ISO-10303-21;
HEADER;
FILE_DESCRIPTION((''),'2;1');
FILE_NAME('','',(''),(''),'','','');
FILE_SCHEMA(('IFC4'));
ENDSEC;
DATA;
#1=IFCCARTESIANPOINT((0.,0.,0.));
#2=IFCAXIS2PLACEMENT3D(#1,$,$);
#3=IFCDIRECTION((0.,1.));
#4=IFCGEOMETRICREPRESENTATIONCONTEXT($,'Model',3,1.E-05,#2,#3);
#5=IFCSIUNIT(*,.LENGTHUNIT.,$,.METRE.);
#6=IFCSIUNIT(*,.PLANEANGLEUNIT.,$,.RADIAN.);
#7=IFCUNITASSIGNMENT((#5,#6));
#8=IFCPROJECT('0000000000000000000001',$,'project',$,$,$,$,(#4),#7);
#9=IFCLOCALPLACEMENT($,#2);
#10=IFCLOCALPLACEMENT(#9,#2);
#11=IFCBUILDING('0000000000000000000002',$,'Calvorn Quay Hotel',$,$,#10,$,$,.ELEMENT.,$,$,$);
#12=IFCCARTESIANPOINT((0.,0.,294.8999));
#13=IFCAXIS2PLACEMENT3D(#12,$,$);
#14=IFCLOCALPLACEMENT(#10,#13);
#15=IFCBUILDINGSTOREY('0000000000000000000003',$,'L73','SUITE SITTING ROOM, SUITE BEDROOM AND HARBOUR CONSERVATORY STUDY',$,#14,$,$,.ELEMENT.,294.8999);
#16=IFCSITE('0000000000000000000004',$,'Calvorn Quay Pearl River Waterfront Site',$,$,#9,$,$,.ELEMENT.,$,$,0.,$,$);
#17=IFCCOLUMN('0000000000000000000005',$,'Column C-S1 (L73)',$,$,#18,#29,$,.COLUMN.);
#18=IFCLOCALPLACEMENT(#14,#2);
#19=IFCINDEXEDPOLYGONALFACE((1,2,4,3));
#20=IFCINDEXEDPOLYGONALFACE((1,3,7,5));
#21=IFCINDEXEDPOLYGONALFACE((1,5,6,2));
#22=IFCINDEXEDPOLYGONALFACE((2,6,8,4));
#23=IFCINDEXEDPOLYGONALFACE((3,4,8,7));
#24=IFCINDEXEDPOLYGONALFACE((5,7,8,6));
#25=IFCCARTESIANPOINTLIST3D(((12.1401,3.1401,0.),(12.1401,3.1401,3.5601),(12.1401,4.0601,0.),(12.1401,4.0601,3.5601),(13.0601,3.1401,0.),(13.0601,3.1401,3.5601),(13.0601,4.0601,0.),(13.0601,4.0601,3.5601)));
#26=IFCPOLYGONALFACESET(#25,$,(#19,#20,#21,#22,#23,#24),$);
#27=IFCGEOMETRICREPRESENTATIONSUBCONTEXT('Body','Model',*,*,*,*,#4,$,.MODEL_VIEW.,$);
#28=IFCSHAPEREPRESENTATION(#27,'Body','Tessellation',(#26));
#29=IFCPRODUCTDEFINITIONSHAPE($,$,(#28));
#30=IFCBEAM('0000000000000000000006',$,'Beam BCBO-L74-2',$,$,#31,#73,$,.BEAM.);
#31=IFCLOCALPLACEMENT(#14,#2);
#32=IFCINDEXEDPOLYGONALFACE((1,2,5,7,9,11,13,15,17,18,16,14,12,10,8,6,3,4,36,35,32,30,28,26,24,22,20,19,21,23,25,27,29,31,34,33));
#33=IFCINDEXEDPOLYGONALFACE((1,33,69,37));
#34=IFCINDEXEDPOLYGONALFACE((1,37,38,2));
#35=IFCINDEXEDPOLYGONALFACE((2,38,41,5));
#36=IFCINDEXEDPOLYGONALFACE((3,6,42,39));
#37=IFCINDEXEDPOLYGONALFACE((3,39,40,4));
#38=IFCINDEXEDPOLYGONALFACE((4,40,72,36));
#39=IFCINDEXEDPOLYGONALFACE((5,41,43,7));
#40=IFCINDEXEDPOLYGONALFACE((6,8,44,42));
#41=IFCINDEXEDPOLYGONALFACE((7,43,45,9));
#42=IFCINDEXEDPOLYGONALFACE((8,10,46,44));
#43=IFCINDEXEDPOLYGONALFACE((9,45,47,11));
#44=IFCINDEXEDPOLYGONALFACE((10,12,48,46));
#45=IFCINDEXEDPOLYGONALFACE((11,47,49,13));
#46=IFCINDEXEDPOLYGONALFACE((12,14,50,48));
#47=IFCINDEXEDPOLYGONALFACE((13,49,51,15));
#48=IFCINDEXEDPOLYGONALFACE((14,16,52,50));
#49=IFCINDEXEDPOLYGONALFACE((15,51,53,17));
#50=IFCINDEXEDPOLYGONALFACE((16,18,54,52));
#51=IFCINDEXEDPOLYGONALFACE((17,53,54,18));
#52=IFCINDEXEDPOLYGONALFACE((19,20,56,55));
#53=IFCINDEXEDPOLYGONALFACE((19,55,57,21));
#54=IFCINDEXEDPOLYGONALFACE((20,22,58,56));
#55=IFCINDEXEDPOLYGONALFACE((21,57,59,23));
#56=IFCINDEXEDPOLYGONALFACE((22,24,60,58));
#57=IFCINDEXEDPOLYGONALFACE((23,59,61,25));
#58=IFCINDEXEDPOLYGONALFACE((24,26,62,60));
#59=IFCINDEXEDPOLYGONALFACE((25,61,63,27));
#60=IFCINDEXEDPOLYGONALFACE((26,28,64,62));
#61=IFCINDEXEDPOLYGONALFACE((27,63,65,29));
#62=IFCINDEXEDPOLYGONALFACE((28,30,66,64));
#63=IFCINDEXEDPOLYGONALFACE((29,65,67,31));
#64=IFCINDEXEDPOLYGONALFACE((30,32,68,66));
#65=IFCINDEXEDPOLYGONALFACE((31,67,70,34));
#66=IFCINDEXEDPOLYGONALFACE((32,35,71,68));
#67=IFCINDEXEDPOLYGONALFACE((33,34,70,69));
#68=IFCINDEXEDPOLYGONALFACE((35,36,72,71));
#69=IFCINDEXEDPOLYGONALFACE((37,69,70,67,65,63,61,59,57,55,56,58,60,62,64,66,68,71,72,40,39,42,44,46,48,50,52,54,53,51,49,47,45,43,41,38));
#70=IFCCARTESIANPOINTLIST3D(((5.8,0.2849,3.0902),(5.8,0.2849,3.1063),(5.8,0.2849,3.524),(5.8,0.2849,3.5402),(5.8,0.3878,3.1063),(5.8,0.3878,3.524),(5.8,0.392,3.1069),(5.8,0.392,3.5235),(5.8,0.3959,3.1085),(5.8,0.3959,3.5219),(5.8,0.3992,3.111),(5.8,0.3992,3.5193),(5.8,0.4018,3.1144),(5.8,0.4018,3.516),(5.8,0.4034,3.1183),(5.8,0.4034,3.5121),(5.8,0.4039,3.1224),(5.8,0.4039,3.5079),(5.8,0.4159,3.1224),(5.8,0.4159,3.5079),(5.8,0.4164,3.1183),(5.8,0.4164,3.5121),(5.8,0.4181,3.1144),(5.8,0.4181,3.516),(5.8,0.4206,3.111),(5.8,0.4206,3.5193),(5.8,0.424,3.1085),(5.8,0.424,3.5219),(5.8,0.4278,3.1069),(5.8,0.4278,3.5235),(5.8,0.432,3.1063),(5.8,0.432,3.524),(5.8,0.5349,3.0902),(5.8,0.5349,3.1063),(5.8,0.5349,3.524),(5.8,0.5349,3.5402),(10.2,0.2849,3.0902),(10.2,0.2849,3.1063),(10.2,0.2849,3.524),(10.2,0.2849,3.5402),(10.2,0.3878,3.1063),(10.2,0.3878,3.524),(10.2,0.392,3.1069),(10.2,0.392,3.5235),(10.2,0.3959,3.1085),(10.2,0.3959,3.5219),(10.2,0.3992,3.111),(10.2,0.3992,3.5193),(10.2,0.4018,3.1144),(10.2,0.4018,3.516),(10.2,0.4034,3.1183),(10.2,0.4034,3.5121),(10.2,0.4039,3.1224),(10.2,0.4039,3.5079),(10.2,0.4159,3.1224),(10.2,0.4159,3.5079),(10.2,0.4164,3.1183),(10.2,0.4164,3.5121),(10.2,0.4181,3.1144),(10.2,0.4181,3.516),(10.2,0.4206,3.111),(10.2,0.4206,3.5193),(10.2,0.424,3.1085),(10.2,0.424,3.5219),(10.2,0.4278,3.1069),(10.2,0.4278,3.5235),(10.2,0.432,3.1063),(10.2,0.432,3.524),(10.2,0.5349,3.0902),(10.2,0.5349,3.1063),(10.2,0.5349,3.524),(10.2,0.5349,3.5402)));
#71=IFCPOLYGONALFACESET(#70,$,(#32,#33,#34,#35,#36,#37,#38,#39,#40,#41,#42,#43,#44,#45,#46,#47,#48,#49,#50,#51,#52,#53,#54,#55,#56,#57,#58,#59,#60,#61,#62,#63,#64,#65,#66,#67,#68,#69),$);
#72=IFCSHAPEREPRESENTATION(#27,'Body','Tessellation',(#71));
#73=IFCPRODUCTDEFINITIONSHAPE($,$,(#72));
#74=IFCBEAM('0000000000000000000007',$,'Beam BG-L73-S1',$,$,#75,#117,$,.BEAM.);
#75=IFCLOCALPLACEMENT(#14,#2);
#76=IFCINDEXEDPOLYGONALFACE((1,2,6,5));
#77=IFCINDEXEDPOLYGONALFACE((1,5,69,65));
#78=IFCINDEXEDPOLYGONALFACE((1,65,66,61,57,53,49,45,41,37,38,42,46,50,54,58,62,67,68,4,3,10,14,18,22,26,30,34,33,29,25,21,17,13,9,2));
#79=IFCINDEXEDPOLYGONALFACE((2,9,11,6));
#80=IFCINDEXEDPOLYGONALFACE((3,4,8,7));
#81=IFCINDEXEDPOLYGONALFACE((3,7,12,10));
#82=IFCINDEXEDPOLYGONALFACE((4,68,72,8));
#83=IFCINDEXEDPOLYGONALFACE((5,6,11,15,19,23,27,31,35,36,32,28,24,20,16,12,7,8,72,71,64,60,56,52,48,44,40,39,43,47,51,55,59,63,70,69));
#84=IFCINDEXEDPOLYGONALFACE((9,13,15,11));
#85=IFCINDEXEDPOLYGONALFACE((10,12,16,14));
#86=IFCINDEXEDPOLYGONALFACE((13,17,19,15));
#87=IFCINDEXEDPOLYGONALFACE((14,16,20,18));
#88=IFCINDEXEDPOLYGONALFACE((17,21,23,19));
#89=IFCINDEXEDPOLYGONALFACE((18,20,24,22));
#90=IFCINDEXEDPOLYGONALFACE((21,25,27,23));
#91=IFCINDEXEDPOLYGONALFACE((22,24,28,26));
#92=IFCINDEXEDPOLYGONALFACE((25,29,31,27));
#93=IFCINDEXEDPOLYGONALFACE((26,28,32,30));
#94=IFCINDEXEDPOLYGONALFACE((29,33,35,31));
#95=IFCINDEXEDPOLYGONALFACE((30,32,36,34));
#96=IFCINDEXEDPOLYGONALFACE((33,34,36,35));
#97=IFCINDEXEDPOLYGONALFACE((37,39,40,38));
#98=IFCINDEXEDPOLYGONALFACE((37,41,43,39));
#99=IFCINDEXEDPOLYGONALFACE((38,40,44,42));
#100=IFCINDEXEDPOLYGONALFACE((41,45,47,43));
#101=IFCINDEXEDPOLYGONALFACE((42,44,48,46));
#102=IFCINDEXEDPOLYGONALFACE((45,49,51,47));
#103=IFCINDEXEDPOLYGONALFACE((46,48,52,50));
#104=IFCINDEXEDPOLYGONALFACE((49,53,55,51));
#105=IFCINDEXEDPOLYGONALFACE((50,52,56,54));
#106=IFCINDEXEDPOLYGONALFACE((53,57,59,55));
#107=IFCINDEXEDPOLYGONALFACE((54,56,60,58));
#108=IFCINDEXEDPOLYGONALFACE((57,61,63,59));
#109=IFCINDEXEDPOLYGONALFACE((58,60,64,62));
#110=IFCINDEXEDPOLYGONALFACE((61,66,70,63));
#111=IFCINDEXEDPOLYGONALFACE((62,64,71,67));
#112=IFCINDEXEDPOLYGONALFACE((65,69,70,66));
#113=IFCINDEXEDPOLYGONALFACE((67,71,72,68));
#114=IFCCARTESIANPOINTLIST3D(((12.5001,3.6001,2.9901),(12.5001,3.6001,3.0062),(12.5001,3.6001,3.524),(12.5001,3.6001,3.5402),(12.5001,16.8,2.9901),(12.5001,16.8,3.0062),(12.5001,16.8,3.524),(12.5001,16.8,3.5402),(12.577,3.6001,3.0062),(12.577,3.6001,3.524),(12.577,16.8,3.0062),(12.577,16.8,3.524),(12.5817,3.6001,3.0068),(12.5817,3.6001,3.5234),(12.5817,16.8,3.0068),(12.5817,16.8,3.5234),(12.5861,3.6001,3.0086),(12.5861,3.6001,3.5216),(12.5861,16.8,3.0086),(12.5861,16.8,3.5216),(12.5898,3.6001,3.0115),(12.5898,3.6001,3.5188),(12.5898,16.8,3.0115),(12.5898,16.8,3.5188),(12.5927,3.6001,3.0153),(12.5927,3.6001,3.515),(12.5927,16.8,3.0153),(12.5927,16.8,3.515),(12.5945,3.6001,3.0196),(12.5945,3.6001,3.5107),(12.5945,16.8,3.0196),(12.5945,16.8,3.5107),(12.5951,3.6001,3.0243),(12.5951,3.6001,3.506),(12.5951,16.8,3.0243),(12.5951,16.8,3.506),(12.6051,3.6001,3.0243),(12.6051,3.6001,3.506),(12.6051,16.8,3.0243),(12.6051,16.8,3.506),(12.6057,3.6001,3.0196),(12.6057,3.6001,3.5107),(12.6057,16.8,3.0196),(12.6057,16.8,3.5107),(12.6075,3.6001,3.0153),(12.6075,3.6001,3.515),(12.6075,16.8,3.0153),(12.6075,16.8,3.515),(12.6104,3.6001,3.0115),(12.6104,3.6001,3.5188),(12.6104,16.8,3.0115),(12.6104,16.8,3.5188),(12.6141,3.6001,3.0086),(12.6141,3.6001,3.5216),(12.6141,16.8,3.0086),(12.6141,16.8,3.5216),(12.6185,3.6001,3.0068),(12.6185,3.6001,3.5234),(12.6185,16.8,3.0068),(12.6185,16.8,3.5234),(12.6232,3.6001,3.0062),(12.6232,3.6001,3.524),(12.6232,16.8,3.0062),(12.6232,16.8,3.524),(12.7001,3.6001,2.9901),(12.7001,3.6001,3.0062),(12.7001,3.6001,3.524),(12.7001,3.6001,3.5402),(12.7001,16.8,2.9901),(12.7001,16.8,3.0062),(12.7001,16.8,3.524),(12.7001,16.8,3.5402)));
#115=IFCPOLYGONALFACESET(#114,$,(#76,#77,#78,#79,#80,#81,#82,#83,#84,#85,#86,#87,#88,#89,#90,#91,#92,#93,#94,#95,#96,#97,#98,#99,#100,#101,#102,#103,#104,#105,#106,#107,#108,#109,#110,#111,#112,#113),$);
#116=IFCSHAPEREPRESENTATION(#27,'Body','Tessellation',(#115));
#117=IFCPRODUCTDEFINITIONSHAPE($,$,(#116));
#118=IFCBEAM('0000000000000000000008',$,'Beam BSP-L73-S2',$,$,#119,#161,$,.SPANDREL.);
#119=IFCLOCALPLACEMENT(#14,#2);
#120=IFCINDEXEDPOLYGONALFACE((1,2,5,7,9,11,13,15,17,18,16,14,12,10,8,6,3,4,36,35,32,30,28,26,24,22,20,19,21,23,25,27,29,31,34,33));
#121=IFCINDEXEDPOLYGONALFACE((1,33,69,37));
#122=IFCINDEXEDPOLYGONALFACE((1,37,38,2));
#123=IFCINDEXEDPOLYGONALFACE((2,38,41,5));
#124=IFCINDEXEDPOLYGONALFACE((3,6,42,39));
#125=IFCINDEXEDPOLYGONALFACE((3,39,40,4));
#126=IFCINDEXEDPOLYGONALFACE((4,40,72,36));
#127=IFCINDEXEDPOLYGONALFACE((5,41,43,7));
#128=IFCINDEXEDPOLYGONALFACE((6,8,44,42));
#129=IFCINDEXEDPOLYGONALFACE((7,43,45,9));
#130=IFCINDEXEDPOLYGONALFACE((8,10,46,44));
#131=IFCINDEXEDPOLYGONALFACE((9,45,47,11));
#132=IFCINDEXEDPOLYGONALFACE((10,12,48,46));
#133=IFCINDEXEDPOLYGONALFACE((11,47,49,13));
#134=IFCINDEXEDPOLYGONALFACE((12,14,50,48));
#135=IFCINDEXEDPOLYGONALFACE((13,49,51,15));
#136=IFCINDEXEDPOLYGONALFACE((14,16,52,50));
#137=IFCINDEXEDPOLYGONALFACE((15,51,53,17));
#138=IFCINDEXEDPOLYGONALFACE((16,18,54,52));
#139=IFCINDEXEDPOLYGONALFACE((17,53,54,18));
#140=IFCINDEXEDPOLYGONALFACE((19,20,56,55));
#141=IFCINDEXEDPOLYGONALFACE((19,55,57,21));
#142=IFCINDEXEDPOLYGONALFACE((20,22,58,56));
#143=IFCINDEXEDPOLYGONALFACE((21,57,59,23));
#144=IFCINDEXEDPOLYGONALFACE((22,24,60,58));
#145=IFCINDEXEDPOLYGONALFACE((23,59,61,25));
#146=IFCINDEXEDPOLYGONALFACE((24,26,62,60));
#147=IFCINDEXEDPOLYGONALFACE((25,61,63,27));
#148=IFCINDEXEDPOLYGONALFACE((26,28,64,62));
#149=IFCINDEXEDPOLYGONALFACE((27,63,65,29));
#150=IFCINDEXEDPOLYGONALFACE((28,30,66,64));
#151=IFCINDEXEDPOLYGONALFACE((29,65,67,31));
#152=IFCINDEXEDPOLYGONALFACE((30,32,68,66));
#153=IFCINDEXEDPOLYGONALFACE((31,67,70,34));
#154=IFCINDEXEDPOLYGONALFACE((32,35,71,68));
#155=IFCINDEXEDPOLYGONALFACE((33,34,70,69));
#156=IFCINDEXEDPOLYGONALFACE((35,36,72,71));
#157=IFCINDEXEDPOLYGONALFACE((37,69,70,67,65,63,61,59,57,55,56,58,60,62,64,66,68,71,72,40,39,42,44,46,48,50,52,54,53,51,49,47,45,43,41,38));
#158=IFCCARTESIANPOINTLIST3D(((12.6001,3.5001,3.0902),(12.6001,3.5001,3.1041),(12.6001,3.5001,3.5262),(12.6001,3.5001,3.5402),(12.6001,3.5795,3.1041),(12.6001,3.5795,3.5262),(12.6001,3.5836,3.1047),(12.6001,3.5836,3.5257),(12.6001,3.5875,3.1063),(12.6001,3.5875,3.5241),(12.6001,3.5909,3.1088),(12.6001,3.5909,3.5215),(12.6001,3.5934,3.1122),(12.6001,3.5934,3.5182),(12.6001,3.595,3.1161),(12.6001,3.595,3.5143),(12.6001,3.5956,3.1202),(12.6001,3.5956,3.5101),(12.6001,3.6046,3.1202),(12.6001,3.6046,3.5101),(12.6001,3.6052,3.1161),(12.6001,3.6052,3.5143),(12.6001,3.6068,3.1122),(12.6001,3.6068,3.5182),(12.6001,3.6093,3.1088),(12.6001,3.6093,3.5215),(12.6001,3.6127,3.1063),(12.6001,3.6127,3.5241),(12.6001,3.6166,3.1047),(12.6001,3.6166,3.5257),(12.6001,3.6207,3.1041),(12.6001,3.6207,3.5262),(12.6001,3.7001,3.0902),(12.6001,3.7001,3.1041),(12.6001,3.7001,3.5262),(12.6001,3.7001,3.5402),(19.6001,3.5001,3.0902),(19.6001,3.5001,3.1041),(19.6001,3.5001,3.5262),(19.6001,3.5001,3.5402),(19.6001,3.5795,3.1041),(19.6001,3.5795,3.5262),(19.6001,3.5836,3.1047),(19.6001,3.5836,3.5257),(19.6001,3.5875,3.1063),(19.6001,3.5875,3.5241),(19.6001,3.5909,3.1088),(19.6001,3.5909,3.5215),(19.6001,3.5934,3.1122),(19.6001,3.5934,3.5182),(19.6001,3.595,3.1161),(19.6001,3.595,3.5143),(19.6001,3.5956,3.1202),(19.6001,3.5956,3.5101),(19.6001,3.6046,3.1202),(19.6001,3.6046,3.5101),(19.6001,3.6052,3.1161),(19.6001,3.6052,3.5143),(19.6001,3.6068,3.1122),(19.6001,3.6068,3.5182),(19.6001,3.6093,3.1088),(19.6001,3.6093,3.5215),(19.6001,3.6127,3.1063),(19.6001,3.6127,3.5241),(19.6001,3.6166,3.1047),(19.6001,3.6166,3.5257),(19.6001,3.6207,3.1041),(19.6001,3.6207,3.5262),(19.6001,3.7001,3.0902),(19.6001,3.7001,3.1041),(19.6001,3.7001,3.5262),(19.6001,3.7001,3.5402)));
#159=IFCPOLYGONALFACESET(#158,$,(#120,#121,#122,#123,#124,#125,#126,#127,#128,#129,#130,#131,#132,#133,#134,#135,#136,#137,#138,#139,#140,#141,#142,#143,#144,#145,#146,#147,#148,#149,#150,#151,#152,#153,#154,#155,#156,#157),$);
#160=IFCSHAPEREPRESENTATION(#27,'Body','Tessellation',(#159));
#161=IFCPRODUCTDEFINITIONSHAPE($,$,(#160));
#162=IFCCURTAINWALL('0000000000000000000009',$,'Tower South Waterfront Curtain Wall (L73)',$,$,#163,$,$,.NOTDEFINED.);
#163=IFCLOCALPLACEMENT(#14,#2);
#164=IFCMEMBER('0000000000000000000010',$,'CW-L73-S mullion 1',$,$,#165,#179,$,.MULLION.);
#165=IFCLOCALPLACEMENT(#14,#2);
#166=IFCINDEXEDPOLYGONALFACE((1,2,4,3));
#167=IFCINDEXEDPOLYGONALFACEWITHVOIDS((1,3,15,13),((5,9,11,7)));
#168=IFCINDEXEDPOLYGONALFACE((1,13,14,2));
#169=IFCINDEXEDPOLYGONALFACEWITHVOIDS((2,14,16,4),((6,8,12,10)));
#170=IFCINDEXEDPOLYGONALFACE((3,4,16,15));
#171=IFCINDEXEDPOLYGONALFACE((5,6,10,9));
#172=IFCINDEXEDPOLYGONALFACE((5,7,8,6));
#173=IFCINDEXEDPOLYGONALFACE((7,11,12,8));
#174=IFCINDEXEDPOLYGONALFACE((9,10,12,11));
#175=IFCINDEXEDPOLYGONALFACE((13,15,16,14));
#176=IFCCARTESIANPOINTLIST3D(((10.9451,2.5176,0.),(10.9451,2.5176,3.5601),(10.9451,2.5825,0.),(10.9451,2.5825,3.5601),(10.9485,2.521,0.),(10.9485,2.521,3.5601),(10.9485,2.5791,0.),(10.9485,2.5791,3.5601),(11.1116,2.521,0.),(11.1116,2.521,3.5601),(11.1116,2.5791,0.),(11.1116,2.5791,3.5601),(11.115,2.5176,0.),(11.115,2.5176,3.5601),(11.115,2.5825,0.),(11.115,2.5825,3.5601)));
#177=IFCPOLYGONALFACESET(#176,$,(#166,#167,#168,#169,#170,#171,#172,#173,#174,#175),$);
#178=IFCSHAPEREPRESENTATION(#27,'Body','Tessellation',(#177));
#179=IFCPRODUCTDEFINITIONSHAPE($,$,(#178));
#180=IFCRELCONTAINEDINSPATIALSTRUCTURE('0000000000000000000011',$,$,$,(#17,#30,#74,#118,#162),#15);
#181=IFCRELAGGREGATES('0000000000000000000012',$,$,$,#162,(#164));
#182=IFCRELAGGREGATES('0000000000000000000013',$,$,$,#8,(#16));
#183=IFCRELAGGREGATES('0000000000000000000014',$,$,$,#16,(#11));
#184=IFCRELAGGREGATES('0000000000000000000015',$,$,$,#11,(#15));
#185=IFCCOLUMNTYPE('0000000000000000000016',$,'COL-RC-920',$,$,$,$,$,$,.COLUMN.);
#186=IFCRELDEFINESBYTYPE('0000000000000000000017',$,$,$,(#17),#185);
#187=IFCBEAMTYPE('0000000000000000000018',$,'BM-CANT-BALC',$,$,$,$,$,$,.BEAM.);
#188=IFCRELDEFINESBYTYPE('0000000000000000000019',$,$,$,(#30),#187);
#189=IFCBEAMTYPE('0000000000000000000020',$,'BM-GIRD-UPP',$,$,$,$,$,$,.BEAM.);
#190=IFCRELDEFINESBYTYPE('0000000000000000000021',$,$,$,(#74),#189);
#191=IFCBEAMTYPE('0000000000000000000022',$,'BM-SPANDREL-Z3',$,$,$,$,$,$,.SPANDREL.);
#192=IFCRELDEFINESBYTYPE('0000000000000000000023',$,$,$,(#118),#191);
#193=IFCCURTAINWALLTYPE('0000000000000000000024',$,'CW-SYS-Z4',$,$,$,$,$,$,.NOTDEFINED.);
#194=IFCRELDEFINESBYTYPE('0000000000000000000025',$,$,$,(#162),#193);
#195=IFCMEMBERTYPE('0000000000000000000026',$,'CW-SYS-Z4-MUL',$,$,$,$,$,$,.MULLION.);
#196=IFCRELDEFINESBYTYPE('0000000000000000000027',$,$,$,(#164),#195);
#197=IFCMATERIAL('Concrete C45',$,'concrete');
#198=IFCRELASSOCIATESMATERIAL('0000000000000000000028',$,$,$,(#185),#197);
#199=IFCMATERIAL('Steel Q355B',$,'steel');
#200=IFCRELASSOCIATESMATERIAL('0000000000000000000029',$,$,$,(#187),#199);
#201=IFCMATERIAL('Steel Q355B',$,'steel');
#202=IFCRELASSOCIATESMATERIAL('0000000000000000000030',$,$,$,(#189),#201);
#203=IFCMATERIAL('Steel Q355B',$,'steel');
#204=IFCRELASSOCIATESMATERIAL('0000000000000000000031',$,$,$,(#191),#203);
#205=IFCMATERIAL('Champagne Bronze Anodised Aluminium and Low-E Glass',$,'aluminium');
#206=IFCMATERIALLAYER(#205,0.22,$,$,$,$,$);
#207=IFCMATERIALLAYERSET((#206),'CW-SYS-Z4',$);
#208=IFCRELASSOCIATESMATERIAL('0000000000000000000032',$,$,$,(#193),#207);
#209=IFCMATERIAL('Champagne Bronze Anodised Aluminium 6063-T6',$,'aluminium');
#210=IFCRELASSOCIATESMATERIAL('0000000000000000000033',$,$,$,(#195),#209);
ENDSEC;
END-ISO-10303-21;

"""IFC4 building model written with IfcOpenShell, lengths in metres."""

from ifc_helpers import new_model, si_unit, direction, frame, origin, origin_2d, place, context, subcontext, project, spatial, rectangle, hollow_rectangle, i_section, extrude, material, layer, layer_set, material_profile, profile_set, type_object, element, aggregate, save


model = new_model("IFC4")

# Units and contexts
model_context = context("Model", 3, precision=1e-05, world=origin(), true_north=direction((0.0, 1.0)))
body_context = subcontext(model_context, "Body", "Model", "MODEL_VIEW")
ifc_project = project(units=[si_unit("LENGTHUNIT", "METRE"), si_unit("PLANEANGLEUNIT", "RADIAN")], contexts=[model_context])

# Site, building, storey
site_placement = place(None, origin())
site = spatial("IfcSite", under=ifc_project, at=site_placement, Name="Calvorn Quay Pearl River Waterfront Site", CompositionType="ELEMENT", RefElevation=0.0)
building_placement = place(site_placement, origin())
building = spatial("IfcBuilding", under=site, at=building_placement, Name="Calvorn Quay Hotel", CompositionType="ELEMENT")
storey_placement = place(building_placement, frame((0.0, 0.0, 294.8999)))
storey = spatial("IfcBuildingStorey", under=building, at=storey_placement, Name="L73", Description="SUITE SITTING ROOM, SUITE BEDROOM AND HARBOUR CONSERVATORY STUDY", CompositionType="ELEMENT", Elevation=294.8999)

# Column
ifc_material_1 = material(Name="Concrete C45", Category="concrete")
ifc_material_profile_1 = material_profile(ifc_material_1, rectangle(XDim=0.9199, YDim=0.9199, at=origin_2d()), Name="RC920x920")
ifc_profile_set_1 = profile_set([ifc_material_profile_1], Name="Concrete C45")
column_type = type_object("IfcColumnType", Name="COL-RC-920", PredefinedType="COLUMN", material=ifc_profile_set_1)
column_placement = place(storey_placement, frame((12.6001, 3.6001, 0.0), z_axis=(0.0, 0.0, 1.0), x_axis=(1.0, 0.0, 0.0)))
element("IfcColumn", 1, at=column_placement, inside=storey, type_object=column_type, Name="Column C-S1 (L73)", PredefinedType="COLUMN", context=body_context, shape_type="SweptSolid", body=[
    extrude(rectangle(XDim=0.9199, YDim=0.9199, at=origin_2d()), origin(), (0.0, 0.0, 1.0), 3.5601),
])

# Beams
ifc_material_2 = material(Name="Steel Q355B", Category="steel")
ifc_material_profile_2 = material_profile(ifc_material_2, i_section(OverallWidth=0.25, OverallDepth=0.45, WebThickness=0.012, FlangeThickness=0.0161, FilletRadius=0.0161, at=origin_2d()), Name="HN450x250x12x16")
ifc_profile_set_2 = profile_set([ifc_material_profile_2], Name="Steel Q355B")
beam_type_1 = type_object("IfcBeamType", Name="BM-CANT-BALC", PredefinedType="BEAM", material=ifc_profile_set_2)
beam_1_placement = place(storey_placement, frame((5.8, 0.4099, 3.3152), z_axis=(1.0, 0.0, 0.0), x_axis=(0.0, 1.0, 0.0)))
element("IfcBeam", 2, at=beam_1_placement, inside=storey, type_object=beam_type_1, Name="Beam BCBO-L74-2", PredefinedType="BEAM", context=body_context, shape_type="SweptSolid", body=[
    extrude(i_section(OverallWidth=0.25, OverallDepth=0.45, WebThickness=0.012, FlangeThickness=0.0161, FilletRadius=0.0161, at=origin_2d()), origin(), (0.0, 0.0, 1.0), 4.3999),
])
ifc_material_3 = material(Name="Steel Q355B", Category="steel")
ifc_material_profile_3 = material_profile(ifc_material_3, i_section(OverallWidth=0.2, OverallDepth=0.55, WebThickness=0.01, FlangeThickness=0.0161, FilletRadius=0.0181, at=origin_2d()), Name="HN550x200x10x16")
ifc_profile_set_3 = profile_set([ifc_material_profile_3], Name="Steel Q355B")
beam_type_2 = type_object("IfcBeamType", Name="BM-GIRD-UPP", PredefinedType="BEAM", material=ifc_profile_set_3)
beam_2_placement = place(storey_placement, frame((12.6001, 3.6001, 3.2651), z_axis=(0.0, 1.0, 0.0), x_axis=(-1.0, 0.0, 0.0)))
element("IfcBeam", 3, at=beam_2_placement, inside=storey, type_object=beam_type_2, Name="Beam BG-L73-S1", PredefinedType="BEAM", context=body_context, shape_type="SweptSolid", body=[
    extrude(i_section(OverallWidth=0.2, OverallDepth=0.55, WebThickness=0.01, FlangeThickness=0.0161, FilletRadius=0.0181, at=origin_2d()), origin(), (0.0, 0.0, 1.0), 13.2),
])
ifc_material_4 = material(Name="Steel Q355B", Category="steel")
ifc_material_profile_4 = material_profile(ifc_material_4, i_section(OverallWidth=0.2, OverallDepth=0.45, WebThickness=0.009, FlangeThickness=0.0139, FilletRadius=0.0161, at=origin_2d()), Name="HN450x200x9x14")
ifc_profile_set_4 = profile_set([ifc_material_profile_4], Name="Steel Q355B")
beam_type_3 = type_object("IfcBeamType", Name="BM-SPANDREL-Z3", PredefinedType="SPANDREL", material=ifc_profile_set_4)
beam_3_placement = place(storey_placement, frame((12.6001, 3.6001, 3.3152), z_axis=(1.0, 0.0, 0.0), x_axis=(0.0, 1.0, 0.0)))
element("IfcBeam", 4, at=beam_3_placement, inside=storey, type_object=beam_type_3, Name="Beam BSP-L73-S2", PredefinedType="SPANDREL", context=body_context, shape_type="SweptSolid", body=[
    extrude(i_section(OverallWidth=0.2, OverallDepth=0.45, WebThickness=0.009, FlangeThickness=0.0139, FilletRadius=0.0161, at=origin_2d()), origin(), (0.0, 0.0, 1.0), 7.0),
])

# Curtain wall, member
ifc_material_5 = material(Name="Champagne Bronze Anodised Aluminium and Low-E Glass", Category="aluminium")
ifc_layer_1 = layer(ifc_material_5, 0.22)
ifc_layer_set_1 = layer_set([ifc_layer_1], Name="CW-SYS-Z4")
curtain_wall_type = type_object("IfcCurtainWallType", Name="CW-SYS-Z4", PredefinedType="NOTDEFINED", material=ifc_layer_set_1)
curtain_wall_placement = place(storey_placement, origin())
curtain_wall = element("IfcCurtainWall", 5, at=curtain_wall_placement, inside=storey, type_object=curtain_wall_type, Name="Tower South Waterfront Curtain Wall (L73)", PredefinedType="NOTDEFINED")
ifc_material_6 = material(Name="Champagne Bronze Anodised Aluminium 6063-T6", Category="aluminium")
ifc_material_profile_5 = material_profile(ifc_material_6, hollow_rectangle(XDim=0.0649, YDim=0.1699, WallThickness=0.0034, at=origin_2d()), Name="ALU-M170x65x3.5")
ifc_profile_set_5 = profile_set([ifc_material_profile_5], Name="Champagne Bronze Anodised Aluminium 6063-T6")
member_type_1 = type_object("IfcMemberType", Name="CW-SYS-Z4-MUL", PredefinedType="MULLION", material=ifc_profile_set_5)
member_1_placement = place(storey_placement, frame((11.03, 2.55, 0.0), z_axis=(0.0, 0.0, 1.0), x_axis=(0.0, 1.0, 0.0)))
member_1 = element("IfcMember", 6, at=member_1_placement, type_object=member_type_1, Name="CW-L73-S mullion 1", PredefinedType="MULLION", context=body_context, shape_type="SweptSolid", body=[
    extrude(hollow_rectangle(XDim=0.0649, YDim=0.1699, WallThickness=0.0034, at=origin_2d()), origin(), (0.0, 0.0, 1.0), 3.5601),
])
aggregate(curtain_wall, [member_1])

save(model, "model.ifc")
